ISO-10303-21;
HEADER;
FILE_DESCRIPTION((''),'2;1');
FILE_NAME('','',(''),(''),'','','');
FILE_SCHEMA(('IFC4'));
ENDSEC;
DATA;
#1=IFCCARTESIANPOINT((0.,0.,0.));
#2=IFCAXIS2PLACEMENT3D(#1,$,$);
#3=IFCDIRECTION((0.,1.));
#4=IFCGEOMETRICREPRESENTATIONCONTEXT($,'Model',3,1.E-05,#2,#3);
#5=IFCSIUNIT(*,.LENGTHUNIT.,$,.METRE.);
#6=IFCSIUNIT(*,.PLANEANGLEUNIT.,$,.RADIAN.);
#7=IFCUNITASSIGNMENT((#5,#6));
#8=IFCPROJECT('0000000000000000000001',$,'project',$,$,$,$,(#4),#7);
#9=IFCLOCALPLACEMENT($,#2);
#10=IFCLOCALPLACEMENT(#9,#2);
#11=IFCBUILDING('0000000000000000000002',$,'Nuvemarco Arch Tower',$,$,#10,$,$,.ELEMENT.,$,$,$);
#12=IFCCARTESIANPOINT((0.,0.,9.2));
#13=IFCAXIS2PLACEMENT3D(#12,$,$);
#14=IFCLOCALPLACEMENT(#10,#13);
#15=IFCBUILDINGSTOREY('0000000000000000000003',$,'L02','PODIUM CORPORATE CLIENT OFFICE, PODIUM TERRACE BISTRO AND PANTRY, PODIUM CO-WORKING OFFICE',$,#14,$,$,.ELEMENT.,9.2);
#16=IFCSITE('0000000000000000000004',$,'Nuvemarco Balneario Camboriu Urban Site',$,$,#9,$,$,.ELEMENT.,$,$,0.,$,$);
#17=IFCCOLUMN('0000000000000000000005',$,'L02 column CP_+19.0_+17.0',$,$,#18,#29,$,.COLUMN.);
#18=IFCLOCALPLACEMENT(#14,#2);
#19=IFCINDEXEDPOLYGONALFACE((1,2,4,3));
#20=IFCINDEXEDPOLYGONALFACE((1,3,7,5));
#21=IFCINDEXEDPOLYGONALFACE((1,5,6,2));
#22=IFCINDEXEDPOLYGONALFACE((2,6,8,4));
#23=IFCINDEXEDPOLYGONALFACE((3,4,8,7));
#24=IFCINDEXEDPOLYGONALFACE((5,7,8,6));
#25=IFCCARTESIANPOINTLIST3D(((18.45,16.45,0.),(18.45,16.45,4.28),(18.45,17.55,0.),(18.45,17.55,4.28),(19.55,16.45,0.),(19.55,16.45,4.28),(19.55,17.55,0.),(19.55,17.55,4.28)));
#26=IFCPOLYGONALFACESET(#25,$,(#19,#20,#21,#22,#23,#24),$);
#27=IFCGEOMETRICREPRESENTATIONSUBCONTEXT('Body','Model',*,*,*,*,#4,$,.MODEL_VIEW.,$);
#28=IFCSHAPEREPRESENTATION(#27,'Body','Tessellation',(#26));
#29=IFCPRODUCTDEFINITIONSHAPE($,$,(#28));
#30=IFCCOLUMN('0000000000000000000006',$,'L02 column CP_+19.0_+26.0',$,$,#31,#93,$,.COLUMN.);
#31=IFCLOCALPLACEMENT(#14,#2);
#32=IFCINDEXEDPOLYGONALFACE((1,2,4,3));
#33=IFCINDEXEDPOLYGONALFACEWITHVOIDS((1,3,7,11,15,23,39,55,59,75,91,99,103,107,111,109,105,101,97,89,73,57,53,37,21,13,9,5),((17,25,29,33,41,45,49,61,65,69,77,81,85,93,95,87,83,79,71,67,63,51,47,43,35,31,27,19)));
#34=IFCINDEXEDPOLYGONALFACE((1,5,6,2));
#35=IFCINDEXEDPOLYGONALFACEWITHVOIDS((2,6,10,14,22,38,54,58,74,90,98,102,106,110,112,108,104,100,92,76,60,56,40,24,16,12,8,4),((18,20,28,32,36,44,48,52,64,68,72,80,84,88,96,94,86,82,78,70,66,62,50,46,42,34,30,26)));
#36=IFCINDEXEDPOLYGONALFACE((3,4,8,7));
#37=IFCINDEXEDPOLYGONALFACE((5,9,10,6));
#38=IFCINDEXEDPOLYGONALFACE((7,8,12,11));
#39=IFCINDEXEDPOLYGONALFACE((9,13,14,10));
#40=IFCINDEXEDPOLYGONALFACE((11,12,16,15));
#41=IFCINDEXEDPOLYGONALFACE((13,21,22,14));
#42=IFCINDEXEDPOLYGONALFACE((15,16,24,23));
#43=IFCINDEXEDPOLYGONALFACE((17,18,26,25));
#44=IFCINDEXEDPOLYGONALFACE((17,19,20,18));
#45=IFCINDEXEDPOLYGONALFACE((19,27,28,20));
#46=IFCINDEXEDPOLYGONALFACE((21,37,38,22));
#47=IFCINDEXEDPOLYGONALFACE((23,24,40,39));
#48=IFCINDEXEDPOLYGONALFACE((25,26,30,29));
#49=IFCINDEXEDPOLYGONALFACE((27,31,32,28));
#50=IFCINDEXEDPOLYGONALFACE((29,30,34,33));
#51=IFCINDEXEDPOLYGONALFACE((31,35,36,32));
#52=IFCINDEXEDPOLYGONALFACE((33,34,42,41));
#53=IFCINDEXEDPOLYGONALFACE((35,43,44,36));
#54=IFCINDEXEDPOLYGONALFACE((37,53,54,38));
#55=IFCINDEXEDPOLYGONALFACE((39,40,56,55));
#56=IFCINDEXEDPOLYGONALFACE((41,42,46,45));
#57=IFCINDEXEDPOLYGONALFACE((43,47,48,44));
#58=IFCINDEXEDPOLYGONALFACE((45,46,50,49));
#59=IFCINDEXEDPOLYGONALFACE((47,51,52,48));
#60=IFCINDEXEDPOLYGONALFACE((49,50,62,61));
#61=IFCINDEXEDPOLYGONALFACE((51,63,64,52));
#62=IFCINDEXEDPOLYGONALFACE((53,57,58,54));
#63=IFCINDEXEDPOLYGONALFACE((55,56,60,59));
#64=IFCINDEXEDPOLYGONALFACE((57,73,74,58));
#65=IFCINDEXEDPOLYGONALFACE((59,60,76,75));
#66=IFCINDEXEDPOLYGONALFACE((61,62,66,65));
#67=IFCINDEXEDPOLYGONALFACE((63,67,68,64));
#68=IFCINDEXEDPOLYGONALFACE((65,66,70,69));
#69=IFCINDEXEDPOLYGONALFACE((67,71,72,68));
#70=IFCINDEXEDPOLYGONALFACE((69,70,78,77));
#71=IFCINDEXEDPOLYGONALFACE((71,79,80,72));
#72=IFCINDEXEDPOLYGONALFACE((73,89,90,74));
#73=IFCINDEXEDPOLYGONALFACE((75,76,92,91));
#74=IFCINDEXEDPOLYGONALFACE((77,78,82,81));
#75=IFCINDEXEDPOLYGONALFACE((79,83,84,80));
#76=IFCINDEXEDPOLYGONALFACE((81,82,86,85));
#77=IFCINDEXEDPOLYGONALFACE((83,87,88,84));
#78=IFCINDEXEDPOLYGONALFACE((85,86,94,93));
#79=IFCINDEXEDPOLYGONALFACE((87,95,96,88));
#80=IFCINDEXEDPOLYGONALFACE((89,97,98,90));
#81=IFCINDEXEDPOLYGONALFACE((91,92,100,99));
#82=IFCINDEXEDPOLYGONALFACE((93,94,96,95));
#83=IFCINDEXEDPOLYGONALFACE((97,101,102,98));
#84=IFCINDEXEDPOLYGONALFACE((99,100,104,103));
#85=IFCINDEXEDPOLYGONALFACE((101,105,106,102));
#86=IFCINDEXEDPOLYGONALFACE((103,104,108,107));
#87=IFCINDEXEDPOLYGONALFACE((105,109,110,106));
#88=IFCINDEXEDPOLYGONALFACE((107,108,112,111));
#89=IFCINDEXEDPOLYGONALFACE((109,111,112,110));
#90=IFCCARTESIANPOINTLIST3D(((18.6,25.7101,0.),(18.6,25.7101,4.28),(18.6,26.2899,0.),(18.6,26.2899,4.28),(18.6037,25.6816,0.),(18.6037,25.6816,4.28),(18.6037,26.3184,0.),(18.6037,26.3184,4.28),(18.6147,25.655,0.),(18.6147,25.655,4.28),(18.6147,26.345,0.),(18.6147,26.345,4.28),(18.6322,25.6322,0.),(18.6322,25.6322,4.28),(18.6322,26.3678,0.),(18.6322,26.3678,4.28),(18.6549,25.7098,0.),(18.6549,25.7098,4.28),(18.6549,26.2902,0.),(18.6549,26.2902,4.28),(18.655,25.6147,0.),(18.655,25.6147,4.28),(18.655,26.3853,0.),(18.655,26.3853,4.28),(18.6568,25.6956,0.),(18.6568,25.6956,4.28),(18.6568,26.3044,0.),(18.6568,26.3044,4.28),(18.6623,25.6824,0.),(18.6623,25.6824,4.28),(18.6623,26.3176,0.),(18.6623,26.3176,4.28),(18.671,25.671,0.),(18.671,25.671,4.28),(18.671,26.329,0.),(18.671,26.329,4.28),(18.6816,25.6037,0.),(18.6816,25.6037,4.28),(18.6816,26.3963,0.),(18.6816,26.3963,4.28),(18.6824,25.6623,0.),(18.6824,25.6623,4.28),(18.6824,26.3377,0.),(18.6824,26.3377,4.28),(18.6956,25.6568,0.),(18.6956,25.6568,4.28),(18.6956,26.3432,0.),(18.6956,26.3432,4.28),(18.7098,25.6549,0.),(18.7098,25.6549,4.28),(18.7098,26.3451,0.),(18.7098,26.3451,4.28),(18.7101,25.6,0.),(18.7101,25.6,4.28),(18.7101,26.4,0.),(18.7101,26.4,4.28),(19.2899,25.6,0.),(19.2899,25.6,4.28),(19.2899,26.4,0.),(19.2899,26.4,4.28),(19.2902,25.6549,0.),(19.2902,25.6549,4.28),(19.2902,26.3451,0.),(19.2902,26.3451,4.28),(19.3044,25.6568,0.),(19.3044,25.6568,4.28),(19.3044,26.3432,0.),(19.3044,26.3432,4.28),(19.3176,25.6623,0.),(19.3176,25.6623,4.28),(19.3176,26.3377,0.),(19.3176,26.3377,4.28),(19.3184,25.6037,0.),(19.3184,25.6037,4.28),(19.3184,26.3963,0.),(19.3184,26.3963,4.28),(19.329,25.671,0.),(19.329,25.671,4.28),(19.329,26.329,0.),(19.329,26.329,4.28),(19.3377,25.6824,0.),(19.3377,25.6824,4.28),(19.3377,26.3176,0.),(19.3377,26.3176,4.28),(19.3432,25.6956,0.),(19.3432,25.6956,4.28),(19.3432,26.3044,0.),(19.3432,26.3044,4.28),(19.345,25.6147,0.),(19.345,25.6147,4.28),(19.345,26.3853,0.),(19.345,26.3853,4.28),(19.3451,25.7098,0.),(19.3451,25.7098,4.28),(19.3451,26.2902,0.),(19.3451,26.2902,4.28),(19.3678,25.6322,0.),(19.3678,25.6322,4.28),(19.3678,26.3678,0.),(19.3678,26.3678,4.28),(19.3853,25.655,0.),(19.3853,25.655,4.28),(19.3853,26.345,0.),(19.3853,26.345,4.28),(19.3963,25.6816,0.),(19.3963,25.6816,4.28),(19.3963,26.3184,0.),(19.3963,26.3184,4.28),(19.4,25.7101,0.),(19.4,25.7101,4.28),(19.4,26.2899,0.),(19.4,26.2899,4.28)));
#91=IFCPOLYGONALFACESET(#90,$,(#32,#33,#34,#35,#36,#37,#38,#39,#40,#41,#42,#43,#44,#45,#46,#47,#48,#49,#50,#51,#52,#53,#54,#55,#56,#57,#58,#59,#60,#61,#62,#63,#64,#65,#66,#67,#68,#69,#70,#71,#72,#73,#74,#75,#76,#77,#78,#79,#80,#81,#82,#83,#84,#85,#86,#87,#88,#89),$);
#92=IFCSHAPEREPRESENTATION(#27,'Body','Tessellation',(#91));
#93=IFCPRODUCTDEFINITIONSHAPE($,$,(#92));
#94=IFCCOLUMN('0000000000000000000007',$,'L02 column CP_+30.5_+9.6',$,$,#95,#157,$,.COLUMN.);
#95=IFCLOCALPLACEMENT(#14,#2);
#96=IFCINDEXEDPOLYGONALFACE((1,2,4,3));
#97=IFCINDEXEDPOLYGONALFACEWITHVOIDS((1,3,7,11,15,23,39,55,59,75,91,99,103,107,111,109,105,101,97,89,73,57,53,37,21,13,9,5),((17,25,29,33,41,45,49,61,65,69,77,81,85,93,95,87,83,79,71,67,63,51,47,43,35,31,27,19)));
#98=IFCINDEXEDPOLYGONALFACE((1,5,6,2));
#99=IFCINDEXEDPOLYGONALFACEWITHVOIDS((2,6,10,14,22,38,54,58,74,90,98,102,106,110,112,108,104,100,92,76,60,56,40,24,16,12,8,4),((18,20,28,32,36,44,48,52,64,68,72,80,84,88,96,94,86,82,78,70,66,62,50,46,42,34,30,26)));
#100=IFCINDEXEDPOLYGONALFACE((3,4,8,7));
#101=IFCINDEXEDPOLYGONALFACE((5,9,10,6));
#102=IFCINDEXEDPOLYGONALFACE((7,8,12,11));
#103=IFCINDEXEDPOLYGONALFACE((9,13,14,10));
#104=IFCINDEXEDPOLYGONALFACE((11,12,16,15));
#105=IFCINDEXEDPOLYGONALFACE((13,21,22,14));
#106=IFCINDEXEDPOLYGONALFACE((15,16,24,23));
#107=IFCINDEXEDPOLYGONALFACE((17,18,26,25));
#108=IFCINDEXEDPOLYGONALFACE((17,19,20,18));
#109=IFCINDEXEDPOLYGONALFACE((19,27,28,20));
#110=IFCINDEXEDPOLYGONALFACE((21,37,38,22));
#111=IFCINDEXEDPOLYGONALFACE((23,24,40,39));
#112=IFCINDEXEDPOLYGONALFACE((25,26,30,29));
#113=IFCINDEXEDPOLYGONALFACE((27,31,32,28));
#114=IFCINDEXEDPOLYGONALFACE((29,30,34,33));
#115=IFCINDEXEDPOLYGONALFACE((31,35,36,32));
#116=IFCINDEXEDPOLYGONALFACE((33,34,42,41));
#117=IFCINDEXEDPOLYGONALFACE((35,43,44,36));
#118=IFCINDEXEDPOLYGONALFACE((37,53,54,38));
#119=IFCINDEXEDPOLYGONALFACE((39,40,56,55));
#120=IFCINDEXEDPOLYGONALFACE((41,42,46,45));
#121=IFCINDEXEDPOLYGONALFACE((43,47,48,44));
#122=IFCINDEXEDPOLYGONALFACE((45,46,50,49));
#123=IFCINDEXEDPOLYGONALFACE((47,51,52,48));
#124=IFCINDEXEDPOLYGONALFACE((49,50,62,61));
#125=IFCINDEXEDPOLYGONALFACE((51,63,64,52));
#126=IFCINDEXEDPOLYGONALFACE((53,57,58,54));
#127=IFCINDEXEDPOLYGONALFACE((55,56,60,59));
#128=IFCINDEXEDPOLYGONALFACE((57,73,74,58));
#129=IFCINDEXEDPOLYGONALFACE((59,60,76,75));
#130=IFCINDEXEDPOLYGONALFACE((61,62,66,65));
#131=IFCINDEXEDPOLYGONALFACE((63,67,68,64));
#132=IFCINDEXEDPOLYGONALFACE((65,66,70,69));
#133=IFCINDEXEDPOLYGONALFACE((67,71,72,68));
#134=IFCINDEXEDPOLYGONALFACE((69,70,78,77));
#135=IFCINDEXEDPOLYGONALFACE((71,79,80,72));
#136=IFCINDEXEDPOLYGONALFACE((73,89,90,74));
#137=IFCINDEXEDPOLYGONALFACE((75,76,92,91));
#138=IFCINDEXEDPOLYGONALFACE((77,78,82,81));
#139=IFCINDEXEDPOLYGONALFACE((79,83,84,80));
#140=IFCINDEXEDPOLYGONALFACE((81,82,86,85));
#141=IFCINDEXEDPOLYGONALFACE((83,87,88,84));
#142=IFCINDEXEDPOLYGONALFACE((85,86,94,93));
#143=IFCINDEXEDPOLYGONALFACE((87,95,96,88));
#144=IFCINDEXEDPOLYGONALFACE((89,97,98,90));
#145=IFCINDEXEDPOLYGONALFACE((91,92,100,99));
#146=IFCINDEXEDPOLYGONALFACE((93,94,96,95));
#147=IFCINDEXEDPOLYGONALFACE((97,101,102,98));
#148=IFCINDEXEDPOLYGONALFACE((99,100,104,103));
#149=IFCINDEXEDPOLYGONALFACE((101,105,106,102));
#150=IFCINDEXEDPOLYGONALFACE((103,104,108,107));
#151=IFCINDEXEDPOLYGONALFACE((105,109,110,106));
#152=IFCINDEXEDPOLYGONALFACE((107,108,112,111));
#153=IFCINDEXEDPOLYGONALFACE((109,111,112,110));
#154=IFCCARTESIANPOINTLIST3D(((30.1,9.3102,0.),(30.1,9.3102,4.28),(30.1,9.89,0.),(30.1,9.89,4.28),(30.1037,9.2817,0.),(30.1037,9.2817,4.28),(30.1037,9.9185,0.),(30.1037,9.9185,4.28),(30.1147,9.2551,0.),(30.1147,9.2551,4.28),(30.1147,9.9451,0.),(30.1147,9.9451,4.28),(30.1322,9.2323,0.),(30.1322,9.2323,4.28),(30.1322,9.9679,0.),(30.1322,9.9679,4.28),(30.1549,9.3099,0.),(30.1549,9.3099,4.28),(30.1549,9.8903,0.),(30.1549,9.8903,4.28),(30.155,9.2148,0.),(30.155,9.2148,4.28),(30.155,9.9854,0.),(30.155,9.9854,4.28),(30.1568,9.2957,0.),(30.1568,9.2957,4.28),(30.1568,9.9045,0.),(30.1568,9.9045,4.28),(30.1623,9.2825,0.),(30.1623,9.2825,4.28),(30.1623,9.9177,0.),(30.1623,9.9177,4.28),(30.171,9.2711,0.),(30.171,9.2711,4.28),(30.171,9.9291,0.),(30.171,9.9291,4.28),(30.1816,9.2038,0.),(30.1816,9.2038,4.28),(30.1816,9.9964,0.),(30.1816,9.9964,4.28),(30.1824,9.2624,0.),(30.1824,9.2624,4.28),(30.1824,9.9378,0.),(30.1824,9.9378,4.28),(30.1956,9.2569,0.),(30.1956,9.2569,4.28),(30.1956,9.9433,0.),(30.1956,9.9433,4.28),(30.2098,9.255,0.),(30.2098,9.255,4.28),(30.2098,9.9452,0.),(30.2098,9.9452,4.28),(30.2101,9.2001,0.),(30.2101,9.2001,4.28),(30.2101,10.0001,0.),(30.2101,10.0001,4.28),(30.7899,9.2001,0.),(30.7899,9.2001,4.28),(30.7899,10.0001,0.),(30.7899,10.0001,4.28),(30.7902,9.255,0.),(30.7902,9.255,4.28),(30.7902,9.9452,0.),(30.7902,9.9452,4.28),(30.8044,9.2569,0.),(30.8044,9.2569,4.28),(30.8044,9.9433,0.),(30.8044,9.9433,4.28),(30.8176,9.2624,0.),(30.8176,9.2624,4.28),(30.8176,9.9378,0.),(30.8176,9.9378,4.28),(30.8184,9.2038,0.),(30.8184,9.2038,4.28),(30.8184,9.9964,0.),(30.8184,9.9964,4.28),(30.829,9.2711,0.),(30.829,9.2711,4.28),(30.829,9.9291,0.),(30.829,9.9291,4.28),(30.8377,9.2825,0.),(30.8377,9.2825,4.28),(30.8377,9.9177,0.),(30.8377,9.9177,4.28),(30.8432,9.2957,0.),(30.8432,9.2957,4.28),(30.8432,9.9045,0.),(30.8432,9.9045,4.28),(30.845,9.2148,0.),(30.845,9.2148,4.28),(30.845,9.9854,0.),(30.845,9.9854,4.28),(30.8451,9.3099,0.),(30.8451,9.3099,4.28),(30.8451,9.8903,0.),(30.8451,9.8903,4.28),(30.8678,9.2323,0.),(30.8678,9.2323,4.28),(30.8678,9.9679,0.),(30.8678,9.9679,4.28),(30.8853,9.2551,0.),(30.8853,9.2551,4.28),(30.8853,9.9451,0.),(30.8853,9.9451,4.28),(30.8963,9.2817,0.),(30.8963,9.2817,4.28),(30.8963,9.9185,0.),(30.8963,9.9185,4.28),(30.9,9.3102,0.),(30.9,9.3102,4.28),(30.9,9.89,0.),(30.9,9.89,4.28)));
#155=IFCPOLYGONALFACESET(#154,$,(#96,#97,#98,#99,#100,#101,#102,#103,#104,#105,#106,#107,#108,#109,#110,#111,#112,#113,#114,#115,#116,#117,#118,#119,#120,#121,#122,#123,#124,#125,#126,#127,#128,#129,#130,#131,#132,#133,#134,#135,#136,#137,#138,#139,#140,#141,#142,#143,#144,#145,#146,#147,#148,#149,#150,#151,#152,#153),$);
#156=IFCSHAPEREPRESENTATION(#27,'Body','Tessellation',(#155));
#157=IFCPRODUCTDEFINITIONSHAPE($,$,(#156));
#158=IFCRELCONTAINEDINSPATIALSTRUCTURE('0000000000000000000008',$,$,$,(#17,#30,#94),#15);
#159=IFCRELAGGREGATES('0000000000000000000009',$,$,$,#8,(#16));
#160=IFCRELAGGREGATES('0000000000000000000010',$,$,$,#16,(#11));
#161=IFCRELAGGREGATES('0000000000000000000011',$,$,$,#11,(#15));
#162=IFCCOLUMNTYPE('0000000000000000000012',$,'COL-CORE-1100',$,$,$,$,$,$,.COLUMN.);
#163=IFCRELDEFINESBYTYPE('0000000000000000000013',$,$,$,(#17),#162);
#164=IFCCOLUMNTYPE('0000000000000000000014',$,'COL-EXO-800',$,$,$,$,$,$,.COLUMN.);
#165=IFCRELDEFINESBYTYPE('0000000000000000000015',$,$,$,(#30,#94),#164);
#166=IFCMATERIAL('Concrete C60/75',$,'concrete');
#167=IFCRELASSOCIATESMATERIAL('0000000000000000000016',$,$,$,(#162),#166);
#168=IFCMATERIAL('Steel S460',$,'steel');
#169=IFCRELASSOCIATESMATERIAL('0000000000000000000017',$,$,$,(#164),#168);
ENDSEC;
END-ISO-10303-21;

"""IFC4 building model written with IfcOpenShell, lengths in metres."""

from ifc_helpers import new_model, si_unit, direction, frame, origin, origin_2d, place, context, subcontext, project, spatial, rectangle, hollow_rectangle, extrude, material, material_profile, profile_set, type_object, element, save


model = new_model("IFC4")

# Units and contexts
model_context = context("Model", 3, precision=1e-05, world=origin(), true_north=direction((0.0, 1.0)))
body_context = subcontext(model_context, "Body", "Model", "MODEL_VIEW")
ifc_project = project(units=[si_unit("LENGTHUNIT", "METRE"), si_unit("PLANEANGLEUNIT", "RADIAN")], contexts=[model_context])

# Site, building, storey
site_placement = place(None, origin())
site = spatial("IfcSite", under=ifc_project, at=site_placement, Name="Nuvemarco Balneario Camboriu Urban Site", CompositionType="ELEMENT", RefElevation=0.0)
building_placement = place(site_placement, origin())
building = spatial("IfcBuilding", under=site, at=building_placement, Name="Nuvemarco Arch Tower", CompositionType="ELEMENT")
storey_placement = place(building_placement, frame((0.0, 0.0, 9.2)))
storey = spatial("IfcBuildingStorey", under=building, at=storey_placement, Name="L02", Description="PODIUM CORPORATE CLIENT OFFICE, PODIUM TERRACE BISTRO AND PANTRY, PODIUM CO-WORKING OFFICE", CompositionType="ELEMENT", Elevation=9.2)

# Columns
ifc_material_1 = material(Name="Concrete C60/75", Category="concrete")
ifc_material_profile_1 = material_profile(ifc_material_1, rectangle(XDim=1.1001, YDim=1.1001, at=origin_2d()), Name="RC-COL-1100x1100")
ifc_profile_set_1 = profile_set([ifc_material_profile_1], Name="Concrete C60/75")
column_type_1 = type_object("IfcColumnType", Name="COL-CORE-1100", PredefinedType="COLUMN", material=ifc_profile_set_1)
column_placement = place(storey_placement, frame((19.0, 17.0, 0.0), z_axis=(0.0, 0.0, 1.0), x_axis=(1.0, 0.0, 0.0)))
element("IfcColumn", 1, at=column_placement, inside=storey, type_object=column_type_1, Name="L02 column CP_+19.0_+17.0", PredefinedType="COLUMN", context=body_context, shape_type="SweptSolid", body=[
    extrude(rectangle(XDim=1.1001, YDim=1.1001, at=origin_2d()), origin(), (0.0, 0.0, 1.0), 4.28),
])
ifc_material_2 = material(Name="Steel S460", Category="steel")
ifc_material_profile_2 = material_profile(ifc_material_2, hollow_rectangle(XDim=0.8, YDim=0.8, WallThickness=0.0549, InnerFilletRadius=0.0549, OuterFilletRadius=0.1101, at=origin_2d()), Name="SHS800x800x55")
ifc_profile_set_2 = profile_set([ifc_material_profile_2], Name="Steel S460")
column_type_2 = type_object("IfcColumnType", Name="COL-EXO-800", PredefinedType="COLUMN", material=ifc_profile_set_2)
for number, where, z_axis, x_axis, name in (
    (2, (19.0, 26.0, 0.0), (0.0, 0.0, 1.0), (1.0, 0.0, 0.0), "L02 column CP_+19.0_+26.0"),
    (3, (30.5, 9.6001, 0.0), (0.0, 0.0, 1.0), (1.0, 0.0, 0.0), "L02 column CP_+30.5_+9.6"),
):
    element("IfcColumn", number, at=place(storey_placement, frame(where, z_axis=z_axis, x_axis=x_axis)), inside=storey, type_object=column_type_2, Name=name, PredefinedType="COLUMN", context=body_context, shape_type="SweptSolid", body=[
        extrude(hollow_rectangle(XDim=0.8, YDim=0.8, WallThickness=0.0549, InnerFilletRadius=0.0549, OuterFilletRadius=0.1101, at=origin_2d()), origin(), (0.0, 0.0, 1.0), 4.28),
    ])

save(model, "model.ifc")
